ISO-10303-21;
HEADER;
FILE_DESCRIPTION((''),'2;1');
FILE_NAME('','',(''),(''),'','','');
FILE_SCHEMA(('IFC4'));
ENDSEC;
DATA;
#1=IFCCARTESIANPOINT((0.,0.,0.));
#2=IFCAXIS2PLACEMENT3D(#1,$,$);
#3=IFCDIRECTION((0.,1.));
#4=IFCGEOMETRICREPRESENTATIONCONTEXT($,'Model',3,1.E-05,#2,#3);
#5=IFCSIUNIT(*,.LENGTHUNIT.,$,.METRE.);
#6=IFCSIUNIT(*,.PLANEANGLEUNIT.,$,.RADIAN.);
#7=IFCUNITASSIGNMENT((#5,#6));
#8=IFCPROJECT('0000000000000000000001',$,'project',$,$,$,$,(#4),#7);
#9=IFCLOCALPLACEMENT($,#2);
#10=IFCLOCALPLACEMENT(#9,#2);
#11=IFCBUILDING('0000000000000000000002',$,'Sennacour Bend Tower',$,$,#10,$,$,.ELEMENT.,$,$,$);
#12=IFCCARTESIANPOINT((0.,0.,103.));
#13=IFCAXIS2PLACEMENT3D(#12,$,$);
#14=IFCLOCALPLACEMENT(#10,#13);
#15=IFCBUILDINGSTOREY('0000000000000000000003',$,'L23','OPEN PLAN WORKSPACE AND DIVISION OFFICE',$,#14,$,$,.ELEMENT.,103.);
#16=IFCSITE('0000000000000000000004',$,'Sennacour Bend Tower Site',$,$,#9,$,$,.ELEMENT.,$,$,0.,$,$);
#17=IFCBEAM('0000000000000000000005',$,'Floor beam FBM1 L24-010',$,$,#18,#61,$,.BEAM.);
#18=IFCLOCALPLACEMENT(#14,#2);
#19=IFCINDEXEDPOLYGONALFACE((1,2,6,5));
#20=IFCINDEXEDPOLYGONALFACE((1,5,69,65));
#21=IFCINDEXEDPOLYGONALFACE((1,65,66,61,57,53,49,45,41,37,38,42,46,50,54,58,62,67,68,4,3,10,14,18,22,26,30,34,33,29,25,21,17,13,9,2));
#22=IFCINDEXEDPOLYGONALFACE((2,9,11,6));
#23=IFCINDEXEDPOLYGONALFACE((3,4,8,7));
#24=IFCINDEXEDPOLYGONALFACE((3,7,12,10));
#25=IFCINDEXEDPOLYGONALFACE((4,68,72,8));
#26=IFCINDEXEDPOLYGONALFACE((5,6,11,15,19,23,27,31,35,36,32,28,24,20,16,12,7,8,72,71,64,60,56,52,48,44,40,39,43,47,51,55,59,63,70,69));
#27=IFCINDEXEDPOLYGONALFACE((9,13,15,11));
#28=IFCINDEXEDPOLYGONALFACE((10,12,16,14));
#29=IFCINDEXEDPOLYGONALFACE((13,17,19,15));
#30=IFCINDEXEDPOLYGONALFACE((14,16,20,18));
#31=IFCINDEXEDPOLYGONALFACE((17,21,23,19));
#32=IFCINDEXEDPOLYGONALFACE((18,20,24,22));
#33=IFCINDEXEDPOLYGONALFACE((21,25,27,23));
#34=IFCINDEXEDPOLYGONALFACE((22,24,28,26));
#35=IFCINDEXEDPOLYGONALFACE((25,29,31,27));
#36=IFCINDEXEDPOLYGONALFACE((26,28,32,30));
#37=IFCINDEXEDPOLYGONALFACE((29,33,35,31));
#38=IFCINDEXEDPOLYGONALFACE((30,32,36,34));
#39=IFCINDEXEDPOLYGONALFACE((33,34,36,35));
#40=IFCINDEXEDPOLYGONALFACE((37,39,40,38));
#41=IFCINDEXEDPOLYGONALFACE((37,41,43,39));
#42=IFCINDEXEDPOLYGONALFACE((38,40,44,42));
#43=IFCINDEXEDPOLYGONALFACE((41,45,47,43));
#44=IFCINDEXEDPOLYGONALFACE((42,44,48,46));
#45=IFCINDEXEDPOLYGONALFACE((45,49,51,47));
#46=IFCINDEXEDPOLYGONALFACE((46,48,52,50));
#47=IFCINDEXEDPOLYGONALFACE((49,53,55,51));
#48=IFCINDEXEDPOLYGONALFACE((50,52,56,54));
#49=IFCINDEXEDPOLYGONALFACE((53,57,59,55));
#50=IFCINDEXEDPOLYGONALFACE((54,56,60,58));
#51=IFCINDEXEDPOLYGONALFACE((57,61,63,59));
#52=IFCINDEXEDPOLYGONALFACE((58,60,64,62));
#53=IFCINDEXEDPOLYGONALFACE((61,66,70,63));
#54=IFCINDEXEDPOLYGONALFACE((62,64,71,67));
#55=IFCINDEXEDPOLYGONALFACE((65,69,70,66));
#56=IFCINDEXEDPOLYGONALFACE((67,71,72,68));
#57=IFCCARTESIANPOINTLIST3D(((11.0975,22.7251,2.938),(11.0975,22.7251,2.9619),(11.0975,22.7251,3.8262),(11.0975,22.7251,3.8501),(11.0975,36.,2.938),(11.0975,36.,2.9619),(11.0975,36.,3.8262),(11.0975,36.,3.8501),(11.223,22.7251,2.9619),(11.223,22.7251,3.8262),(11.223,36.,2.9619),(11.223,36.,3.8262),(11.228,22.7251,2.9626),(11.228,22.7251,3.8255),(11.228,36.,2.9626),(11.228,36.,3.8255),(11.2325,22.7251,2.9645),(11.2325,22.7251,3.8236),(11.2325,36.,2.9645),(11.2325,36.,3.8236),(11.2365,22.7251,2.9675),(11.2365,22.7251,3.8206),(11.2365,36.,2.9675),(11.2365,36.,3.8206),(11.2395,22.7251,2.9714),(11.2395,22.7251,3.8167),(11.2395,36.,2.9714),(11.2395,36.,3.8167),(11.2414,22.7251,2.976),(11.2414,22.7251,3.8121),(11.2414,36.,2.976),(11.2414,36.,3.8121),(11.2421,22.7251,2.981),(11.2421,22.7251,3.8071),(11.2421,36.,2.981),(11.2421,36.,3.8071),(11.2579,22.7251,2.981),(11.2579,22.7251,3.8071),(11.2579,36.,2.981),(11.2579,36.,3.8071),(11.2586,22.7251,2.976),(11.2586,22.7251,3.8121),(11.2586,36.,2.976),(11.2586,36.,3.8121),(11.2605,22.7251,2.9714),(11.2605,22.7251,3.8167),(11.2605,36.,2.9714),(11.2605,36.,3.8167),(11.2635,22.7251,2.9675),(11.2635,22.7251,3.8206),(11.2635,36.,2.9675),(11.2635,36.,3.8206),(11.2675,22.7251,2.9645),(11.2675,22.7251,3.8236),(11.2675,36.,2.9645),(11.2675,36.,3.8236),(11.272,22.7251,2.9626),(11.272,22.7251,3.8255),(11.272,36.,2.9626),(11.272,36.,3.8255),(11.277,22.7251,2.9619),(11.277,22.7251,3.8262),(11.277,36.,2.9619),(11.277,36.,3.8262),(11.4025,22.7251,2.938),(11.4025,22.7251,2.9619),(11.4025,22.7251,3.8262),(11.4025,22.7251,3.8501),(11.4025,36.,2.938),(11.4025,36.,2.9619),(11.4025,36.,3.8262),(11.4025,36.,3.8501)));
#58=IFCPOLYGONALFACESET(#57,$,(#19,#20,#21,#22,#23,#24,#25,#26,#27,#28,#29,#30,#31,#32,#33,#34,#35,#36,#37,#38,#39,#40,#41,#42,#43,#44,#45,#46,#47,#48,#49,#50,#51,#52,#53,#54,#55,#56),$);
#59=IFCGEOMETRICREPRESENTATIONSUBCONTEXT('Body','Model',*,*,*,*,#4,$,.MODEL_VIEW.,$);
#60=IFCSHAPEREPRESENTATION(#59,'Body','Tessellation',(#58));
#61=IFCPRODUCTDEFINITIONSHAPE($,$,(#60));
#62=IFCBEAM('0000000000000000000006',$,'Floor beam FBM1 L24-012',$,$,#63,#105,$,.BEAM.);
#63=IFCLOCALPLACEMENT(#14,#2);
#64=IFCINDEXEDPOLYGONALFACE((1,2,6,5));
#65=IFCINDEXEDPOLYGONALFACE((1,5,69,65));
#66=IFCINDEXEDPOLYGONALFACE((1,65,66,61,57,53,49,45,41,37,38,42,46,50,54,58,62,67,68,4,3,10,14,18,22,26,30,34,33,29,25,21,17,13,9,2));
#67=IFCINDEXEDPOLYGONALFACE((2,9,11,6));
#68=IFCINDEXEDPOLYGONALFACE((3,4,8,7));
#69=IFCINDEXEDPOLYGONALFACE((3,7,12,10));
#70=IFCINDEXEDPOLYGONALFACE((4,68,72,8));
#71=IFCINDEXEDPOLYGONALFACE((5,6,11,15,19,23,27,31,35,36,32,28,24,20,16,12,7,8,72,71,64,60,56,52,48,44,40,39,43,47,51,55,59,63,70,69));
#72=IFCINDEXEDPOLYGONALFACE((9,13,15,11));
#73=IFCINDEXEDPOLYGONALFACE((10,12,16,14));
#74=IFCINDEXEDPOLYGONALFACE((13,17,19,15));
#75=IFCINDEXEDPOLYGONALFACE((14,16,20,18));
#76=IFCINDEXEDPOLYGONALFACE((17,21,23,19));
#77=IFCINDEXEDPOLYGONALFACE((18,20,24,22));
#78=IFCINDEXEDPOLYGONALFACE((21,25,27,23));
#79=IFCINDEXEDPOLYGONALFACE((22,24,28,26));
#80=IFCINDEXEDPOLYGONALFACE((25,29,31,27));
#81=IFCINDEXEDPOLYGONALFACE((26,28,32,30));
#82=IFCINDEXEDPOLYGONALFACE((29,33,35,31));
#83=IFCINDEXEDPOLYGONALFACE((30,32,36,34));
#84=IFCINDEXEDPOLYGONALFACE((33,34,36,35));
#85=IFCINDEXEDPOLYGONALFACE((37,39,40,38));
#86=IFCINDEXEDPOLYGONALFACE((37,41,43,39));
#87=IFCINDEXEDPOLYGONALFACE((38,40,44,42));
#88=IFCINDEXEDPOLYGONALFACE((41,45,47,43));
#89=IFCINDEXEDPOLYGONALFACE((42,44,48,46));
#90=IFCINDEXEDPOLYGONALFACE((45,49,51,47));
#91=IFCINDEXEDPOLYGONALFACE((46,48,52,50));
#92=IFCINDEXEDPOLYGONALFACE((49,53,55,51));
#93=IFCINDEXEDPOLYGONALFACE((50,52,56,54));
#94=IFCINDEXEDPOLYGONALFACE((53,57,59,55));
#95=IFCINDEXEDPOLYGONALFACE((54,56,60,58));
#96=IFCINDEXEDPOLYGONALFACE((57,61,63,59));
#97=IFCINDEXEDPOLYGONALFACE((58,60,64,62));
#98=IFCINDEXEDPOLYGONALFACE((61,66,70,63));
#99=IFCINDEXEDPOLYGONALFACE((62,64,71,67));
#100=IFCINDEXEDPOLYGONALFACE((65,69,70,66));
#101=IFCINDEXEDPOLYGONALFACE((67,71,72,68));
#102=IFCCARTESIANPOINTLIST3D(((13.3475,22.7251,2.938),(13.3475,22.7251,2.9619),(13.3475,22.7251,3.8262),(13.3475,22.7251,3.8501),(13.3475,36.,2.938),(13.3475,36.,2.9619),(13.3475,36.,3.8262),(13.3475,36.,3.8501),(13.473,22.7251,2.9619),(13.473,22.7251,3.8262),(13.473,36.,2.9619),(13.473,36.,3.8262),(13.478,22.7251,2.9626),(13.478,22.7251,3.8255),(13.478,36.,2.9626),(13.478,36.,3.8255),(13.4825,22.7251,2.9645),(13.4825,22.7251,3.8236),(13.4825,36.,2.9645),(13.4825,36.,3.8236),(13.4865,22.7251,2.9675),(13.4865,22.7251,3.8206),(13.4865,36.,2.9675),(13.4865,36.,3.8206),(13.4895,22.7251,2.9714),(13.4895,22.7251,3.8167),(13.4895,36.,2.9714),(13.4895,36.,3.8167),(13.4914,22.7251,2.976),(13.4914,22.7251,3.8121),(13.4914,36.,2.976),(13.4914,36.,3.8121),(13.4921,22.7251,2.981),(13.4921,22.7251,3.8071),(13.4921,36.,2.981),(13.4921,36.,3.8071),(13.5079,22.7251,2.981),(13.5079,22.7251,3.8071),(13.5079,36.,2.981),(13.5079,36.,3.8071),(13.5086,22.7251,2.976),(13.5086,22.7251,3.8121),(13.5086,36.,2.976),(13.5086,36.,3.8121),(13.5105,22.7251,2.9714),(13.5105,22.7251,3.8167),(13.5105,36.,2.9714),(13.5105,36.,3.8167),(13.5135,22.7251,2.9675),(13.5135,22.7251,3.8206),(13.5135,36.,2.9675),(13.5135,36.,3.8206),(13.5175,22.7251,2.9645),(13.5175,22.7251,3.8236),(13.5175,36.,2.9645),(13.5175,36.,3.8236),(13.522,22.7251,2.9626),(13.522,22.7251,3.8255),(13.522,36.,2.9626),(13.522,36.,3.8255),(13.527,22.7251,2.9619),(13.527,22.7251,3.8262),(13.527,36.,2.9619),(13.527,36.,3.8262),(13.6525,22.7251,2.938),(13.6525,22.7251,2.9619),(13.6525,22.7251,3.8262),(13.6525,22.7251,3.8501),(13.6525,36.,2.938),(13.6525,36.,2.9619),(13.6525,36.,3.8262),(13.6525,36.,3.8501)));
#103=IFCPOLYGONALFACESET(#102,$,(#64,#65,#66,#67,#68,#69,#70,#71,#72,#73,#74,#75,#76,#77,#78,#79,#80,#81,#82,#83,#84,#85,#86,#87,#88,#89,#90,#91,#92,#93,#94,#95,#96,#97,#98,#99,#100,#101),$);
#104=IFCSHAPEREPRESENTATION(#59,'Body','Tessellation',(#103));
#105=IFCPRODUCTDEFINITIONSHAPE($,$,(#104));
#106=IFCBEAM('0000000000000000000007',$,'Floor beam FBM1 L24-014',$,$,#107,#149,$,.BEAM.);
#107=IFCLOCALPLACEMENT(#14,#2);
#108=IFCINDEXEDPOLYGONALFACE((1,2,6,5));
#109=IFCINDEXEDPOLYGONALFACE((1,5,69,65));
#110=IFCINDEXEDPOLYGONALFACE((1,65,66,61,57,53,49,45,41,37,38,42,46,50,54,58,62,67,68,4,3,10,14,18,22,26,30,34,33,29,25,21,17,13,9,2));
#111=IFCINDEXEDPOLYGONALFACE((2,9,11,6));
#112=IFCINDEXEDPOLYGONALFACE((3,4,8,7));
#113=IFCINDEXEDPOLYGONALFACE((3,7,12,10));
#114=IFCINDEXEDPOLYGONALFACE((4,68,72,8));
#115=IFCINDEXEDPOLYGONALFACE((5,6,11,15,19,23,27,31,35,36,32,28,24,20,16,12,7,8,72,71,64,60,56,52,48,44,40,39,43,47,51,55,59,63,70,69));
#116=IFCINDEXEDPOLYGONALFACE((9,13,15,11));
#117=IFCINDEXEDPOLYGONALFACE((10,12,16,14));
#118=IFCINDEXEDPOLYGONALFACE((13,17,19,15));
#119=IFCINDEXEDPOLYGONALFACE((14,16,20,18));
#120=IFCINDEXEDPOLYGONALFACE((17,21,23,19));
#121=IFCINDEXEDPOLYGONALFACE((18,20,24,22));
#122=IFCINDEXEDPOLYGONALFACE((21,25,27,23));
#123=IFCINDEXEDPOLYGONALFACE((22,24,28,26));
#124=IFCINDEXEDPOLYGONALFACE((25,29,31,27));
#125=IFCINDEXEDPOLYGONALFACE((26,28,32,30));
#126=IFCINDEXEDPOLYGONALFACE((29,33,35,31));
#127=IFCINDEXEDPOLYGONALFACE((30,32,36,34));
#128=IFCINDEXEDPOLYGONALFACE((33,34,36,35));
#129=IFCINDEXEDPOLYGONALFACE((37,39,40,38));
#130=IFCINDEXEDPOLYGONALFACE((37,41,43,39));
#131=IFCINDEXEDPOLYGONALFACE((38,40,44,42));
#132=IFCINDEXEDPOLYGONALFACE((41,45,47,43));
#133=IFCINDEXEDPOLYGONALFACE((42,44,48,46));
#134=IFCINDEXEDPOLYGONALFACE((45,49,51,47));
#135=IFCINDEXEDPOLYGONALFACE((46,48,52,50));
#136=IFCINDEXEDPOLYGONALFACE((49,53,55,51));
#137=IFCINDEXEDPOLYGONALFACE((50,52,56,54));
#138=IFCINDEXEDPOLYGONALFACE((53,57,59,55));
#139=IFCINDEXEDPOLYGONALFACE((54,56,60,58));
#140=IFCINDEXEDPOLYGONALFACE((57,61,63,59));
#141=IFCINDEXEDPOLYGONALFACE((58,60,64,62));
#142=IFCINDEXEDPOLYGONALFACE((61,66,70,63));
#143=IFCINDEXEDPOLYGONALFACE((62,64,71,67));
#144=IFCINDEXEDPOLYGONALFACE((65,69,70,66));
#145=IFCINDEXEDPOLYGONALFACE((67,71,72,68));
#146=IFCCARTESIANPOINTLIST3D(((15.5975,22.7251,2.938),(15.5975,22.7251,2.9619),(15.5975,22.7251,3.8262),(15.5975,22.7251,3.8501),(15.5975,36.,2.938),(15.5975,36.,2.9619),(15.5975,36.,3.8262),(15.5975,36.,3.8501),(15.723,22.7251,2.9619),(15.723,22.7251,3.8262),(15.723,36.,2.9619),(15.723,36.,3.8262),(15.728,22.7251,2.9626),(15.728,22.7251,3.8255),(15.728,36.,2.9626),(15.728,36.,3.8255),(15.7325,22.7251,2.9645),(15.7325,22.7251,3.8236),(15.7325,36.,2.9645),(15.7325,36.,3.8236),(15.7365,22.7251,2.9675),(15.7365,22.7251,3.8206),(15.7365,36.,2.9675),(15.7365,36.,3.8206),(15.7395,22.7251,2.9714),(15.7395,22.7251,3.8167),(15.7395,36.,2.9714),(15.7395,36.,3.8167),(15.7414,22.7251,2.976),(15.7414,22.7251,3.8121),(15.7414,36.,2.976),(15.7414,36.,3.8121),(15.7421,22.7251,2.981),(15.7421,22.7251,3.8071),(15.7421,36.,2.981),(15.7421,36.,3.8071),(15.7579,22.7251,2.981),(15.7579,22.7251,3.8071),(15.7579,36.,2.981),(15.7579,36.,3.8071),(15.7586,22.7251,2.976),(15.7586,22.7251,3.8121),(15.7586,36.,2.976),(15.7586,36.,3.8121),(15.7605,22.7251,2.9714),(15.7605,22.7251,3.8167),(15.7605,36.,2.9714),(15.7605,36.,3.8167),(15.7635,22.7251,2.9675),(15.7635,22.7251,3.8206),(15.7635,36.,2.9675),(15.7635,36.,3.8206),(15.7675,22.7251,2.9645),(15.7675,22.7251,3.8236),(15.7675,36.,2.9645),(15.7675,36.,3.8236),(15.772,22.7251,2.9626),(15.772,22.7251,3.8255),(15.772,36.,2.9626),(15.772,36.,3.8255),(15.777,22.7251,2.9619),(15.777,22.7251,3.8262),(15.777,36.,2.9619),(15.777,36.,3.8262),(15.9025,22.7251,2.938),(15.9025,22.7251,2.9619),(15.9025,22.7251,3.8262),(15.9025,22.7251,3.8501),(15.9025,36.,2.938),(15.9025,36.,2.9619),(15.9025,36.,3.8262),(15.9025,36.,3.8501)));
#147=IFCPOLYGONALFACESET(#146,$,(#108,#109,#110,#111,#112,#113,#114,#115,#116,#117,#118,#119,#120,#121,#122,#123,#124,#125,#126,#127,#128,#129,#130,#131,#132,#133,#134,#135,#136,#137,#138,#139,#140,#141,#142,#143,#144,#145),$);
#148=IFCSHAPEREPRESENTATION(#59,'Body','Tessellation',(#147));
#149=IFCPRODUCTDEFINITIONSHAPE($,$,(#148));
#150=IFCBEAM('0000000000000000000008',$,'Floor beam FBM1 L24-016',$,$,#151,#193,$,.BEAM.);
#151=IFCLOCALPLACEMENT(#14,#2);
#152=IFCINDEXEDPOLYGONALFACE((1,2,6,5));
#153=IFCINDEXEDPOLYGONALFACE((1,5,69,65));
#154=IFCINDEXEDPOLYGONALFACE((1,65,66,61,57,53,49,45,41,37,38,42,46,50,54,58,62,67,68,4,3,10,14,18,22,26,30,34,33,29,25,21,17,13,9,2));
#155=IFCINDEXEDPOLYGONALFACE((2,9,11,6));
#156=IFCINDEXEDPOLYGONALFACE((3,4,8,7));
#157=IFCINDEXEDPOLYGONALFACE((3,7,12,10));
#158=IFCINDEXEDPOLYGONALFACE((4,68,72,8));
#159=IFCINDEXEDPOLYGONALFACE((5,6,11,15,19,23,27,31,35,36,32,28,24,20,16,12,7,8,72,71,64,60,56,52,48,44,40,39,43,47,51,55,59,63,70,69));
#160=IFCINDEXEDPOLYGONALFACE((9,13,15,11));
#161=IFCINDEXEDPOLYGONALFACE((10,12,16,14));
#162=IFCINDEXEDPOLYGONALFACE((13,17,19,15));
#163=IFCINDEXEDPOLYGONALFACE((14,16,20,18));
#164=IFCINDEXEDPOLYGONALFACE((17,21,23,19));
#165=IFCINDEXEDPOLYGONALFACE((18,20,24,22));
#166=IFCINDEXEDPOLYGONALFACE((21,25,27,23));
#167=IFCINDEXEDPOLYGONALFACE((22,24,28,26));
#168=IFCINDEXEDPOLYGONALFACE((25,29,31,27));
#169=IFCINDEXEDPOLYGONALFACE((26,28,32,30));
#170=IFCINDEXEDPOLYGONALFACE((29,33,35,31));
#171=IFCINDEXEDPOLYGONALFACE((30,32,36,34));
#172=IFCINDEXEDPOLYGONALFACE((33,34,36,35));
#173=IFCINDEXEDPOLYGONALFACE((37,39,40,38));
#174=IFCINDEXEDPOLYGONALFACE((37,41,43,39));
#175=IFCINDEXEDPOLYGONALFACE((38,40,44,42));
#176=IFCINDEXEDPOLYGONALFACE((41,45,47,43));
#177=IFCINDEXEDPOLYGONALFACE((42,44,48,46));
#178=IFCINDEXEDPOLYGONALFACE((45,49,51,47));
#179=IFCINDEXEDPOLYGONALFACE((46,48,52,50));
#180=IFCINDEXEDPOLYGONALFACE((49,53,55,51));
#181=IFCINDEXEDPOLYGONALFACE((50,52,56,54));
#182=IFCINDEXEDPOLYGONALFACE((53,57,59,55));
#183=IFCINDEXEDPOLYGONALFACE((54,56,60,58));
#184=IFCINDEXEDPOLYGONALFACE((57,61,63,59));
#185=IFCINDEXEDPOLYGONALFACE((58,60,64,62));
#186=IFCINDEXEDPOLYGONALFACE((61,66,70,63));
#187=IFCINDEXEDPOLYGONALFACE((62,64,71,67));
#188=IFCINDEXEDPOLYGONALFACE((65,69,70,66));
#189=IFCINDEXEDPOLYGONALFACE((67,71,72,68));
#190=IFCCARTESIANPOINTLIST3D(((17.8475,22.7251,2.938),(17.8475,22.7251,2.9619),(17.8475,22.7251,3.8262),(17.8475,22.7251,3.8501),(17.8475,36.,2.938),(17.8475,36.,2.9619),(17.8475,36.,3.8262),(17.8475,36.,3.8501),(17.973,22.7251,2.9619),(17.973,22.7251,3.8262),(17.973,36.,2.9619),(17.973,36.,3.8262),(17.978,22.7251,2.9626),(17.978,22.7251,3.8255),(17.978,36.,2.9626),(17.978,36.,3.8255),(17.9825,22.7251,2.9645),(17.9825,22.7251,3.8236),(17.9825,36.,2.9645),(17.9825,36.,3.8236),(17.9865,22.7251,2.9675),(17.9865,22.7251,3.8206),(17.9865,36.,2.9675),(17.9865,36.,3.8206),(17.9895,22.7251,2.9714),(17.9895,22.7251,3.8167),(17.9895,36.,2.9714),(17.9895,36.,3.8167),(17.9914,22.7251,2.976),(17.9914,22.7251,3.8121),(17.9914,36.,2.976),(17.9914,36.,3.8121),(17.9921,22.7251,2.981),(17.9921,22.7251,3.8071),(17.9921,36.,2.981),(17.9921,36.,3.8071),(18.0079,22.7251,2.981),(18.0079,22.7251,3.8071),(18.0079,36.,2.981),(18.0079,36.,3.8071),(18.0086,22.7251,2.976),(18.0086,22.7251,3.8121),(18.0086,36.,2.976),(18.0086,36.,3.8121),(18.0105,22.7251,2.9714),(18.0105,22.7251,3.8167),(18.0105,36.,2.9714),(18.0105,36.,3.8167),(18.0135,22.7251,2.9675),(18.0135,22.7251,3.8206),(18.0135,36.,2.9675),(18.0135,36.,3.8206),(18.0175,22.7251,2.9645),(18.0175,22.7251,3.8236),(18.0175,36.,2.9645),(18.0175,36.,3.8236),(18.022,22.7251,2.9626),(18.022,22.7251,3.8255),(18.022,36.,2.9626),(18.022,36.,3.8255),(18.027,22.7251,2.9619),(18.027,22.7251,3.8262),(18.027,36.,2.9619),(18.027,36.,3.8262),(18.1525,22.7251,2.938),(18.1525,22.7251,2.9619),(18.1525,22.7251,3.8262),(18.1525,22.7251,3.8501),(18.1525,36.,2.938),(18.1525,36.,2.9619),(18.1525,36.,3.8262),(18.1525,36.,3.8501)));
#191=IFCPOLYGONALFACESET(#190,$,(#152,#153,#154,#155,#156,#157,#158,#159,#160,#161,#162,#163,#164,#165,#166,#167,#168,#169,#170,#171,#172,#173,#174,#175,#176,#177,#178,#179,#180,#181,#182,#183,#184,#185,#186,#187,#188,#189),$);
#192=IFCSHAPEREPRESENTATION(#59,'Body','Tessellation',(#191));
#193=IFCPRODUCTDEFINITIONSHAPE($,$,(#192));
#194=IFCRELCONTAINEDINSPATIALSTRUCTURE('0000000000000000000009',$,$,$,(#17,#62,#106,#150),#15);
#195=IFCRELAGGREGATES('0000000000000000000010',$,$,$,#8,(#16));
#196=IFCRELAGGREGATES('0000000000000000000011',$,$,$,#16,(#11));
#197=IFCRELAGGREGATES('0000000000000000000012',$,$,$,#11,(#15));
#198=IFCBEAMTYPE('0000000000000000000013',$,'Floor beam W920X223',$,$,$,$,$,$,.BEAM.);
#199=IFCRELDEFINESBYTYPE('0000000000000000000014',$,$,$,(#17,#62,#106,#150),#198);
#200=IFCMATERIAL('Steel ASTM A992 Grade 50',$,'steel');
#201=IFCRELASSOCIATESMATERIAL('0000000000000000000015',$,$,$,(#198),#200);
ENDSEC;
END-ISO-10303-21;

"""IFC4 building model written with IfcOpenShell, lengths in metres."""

from ifc_helpers import new_model, si_unit, direction, frame, origin, origin_2d, place, context, subcontext, project, spatial, i_section, extrude, material, material_profile, profile_set, type_object, element, save


model = new_model("IFC4")

# Units and contexts
model_context = context("Model", 3, precision=1e-05, world=origin(), true_north=direction((0.0, 1.0)))
body_context = subcontext(model_context, "Body", "Model", "MODEL_VIEW")
ifc_project = project(units=[si_unit("LENGTHUNIT", "METRE"), si_unit("PLANEANGLEUNIT", "RADIAN")], contexts=[model_context])

# Site, building, storey
site_placement = place(None, origin())
site = spatial("IfcSite", under=ifc_project, at=site_placement, Name="Sennacour Bend Tower Site", CompositionType="ELEMENT", RefElevation=0.0)
building_placement = place(site_placement, origin())
building = spatial("IfcBuilding", under=site, at=building_placement, Name="Sennacour Bend Tower", CompositionType="ELEMENT")
storey_placement = place(building_placement, frame((0.0, 0.0, 103.0)))
storey = spatial("IfcBuildingStorey", under=building, at=storey_placement, Name="L23", Description="OPEN PLAN WORKSPACE AND DIVISION OFFICE", CompositionType="ELEMENT", Elevation=103.0)

# Beams
ifc_material_1 = material(Name="Steel ASTM A992 Grade 50", Category="steel")
ifc_material_profile = material_profile(ifc_material_1, i_section(OverallWidth=0.3049, OverallDepth=0.9121, WebThickness=0.0159, FlangeThickness=0.0239, FilletRadius=0.019, at=origin_2d()), Name="Steel ASTM A992 Grade 50", Category="steel")
ifc_profile_set = profile_set([ifc_material_profile], Name="Steel ASTM A992 Grade 50")
beam_type = type_object("IfcBeamType", Name="Floor beam W920X223", PredefinedType="BEAM", material=ifc_profile_set)
for number, where, z_axis, x_axis, name in (
    (1, (11.25, 22.7251, 3.394), (0.0, 1.0, 0.0), (-1.0, 0.0, 0.0), "Floor beam FBM1 L24-010"),
    (2, (13.5, 22.7251, 3.394), (0.0, 1.0, 0.0), (-1.0, 0.0, 0.0), "Floor beam FBM1 L24-012"),
    (3, (15.75, 22.7251, 3.394), (0.0, 1.0, 0.0), (-1.0, 0.0, 0.0), "Floor beam FBM1 L24-014"),
    (4, (18.0, 22.7251, 3.394), (0.0, 1.0, 0.0), (-1.0, 0.0, 0.0), "Floor beam FBM1 L24-016"),
):
    element("IfcBeam", number, at=place(storey_placement, frame(where, z_axis=z_axis, x_axis=x_axis)), inside=storey, type_object=beam_type, Name=name, PredefinedType="BEAM", context=body_context, shape_type="SweptSolid", body=[
        extrude(i_section(OverallWidth=0.3049, OverallDepth=0.9121, WebThickness=0.0159, FlangeThickness=0.0239, FilletRadius=0.019, at=origin_2d()), origin(), (0.0, 0.0, 1.0), 13.2749),
    ])

save(model, "model.ifc")
